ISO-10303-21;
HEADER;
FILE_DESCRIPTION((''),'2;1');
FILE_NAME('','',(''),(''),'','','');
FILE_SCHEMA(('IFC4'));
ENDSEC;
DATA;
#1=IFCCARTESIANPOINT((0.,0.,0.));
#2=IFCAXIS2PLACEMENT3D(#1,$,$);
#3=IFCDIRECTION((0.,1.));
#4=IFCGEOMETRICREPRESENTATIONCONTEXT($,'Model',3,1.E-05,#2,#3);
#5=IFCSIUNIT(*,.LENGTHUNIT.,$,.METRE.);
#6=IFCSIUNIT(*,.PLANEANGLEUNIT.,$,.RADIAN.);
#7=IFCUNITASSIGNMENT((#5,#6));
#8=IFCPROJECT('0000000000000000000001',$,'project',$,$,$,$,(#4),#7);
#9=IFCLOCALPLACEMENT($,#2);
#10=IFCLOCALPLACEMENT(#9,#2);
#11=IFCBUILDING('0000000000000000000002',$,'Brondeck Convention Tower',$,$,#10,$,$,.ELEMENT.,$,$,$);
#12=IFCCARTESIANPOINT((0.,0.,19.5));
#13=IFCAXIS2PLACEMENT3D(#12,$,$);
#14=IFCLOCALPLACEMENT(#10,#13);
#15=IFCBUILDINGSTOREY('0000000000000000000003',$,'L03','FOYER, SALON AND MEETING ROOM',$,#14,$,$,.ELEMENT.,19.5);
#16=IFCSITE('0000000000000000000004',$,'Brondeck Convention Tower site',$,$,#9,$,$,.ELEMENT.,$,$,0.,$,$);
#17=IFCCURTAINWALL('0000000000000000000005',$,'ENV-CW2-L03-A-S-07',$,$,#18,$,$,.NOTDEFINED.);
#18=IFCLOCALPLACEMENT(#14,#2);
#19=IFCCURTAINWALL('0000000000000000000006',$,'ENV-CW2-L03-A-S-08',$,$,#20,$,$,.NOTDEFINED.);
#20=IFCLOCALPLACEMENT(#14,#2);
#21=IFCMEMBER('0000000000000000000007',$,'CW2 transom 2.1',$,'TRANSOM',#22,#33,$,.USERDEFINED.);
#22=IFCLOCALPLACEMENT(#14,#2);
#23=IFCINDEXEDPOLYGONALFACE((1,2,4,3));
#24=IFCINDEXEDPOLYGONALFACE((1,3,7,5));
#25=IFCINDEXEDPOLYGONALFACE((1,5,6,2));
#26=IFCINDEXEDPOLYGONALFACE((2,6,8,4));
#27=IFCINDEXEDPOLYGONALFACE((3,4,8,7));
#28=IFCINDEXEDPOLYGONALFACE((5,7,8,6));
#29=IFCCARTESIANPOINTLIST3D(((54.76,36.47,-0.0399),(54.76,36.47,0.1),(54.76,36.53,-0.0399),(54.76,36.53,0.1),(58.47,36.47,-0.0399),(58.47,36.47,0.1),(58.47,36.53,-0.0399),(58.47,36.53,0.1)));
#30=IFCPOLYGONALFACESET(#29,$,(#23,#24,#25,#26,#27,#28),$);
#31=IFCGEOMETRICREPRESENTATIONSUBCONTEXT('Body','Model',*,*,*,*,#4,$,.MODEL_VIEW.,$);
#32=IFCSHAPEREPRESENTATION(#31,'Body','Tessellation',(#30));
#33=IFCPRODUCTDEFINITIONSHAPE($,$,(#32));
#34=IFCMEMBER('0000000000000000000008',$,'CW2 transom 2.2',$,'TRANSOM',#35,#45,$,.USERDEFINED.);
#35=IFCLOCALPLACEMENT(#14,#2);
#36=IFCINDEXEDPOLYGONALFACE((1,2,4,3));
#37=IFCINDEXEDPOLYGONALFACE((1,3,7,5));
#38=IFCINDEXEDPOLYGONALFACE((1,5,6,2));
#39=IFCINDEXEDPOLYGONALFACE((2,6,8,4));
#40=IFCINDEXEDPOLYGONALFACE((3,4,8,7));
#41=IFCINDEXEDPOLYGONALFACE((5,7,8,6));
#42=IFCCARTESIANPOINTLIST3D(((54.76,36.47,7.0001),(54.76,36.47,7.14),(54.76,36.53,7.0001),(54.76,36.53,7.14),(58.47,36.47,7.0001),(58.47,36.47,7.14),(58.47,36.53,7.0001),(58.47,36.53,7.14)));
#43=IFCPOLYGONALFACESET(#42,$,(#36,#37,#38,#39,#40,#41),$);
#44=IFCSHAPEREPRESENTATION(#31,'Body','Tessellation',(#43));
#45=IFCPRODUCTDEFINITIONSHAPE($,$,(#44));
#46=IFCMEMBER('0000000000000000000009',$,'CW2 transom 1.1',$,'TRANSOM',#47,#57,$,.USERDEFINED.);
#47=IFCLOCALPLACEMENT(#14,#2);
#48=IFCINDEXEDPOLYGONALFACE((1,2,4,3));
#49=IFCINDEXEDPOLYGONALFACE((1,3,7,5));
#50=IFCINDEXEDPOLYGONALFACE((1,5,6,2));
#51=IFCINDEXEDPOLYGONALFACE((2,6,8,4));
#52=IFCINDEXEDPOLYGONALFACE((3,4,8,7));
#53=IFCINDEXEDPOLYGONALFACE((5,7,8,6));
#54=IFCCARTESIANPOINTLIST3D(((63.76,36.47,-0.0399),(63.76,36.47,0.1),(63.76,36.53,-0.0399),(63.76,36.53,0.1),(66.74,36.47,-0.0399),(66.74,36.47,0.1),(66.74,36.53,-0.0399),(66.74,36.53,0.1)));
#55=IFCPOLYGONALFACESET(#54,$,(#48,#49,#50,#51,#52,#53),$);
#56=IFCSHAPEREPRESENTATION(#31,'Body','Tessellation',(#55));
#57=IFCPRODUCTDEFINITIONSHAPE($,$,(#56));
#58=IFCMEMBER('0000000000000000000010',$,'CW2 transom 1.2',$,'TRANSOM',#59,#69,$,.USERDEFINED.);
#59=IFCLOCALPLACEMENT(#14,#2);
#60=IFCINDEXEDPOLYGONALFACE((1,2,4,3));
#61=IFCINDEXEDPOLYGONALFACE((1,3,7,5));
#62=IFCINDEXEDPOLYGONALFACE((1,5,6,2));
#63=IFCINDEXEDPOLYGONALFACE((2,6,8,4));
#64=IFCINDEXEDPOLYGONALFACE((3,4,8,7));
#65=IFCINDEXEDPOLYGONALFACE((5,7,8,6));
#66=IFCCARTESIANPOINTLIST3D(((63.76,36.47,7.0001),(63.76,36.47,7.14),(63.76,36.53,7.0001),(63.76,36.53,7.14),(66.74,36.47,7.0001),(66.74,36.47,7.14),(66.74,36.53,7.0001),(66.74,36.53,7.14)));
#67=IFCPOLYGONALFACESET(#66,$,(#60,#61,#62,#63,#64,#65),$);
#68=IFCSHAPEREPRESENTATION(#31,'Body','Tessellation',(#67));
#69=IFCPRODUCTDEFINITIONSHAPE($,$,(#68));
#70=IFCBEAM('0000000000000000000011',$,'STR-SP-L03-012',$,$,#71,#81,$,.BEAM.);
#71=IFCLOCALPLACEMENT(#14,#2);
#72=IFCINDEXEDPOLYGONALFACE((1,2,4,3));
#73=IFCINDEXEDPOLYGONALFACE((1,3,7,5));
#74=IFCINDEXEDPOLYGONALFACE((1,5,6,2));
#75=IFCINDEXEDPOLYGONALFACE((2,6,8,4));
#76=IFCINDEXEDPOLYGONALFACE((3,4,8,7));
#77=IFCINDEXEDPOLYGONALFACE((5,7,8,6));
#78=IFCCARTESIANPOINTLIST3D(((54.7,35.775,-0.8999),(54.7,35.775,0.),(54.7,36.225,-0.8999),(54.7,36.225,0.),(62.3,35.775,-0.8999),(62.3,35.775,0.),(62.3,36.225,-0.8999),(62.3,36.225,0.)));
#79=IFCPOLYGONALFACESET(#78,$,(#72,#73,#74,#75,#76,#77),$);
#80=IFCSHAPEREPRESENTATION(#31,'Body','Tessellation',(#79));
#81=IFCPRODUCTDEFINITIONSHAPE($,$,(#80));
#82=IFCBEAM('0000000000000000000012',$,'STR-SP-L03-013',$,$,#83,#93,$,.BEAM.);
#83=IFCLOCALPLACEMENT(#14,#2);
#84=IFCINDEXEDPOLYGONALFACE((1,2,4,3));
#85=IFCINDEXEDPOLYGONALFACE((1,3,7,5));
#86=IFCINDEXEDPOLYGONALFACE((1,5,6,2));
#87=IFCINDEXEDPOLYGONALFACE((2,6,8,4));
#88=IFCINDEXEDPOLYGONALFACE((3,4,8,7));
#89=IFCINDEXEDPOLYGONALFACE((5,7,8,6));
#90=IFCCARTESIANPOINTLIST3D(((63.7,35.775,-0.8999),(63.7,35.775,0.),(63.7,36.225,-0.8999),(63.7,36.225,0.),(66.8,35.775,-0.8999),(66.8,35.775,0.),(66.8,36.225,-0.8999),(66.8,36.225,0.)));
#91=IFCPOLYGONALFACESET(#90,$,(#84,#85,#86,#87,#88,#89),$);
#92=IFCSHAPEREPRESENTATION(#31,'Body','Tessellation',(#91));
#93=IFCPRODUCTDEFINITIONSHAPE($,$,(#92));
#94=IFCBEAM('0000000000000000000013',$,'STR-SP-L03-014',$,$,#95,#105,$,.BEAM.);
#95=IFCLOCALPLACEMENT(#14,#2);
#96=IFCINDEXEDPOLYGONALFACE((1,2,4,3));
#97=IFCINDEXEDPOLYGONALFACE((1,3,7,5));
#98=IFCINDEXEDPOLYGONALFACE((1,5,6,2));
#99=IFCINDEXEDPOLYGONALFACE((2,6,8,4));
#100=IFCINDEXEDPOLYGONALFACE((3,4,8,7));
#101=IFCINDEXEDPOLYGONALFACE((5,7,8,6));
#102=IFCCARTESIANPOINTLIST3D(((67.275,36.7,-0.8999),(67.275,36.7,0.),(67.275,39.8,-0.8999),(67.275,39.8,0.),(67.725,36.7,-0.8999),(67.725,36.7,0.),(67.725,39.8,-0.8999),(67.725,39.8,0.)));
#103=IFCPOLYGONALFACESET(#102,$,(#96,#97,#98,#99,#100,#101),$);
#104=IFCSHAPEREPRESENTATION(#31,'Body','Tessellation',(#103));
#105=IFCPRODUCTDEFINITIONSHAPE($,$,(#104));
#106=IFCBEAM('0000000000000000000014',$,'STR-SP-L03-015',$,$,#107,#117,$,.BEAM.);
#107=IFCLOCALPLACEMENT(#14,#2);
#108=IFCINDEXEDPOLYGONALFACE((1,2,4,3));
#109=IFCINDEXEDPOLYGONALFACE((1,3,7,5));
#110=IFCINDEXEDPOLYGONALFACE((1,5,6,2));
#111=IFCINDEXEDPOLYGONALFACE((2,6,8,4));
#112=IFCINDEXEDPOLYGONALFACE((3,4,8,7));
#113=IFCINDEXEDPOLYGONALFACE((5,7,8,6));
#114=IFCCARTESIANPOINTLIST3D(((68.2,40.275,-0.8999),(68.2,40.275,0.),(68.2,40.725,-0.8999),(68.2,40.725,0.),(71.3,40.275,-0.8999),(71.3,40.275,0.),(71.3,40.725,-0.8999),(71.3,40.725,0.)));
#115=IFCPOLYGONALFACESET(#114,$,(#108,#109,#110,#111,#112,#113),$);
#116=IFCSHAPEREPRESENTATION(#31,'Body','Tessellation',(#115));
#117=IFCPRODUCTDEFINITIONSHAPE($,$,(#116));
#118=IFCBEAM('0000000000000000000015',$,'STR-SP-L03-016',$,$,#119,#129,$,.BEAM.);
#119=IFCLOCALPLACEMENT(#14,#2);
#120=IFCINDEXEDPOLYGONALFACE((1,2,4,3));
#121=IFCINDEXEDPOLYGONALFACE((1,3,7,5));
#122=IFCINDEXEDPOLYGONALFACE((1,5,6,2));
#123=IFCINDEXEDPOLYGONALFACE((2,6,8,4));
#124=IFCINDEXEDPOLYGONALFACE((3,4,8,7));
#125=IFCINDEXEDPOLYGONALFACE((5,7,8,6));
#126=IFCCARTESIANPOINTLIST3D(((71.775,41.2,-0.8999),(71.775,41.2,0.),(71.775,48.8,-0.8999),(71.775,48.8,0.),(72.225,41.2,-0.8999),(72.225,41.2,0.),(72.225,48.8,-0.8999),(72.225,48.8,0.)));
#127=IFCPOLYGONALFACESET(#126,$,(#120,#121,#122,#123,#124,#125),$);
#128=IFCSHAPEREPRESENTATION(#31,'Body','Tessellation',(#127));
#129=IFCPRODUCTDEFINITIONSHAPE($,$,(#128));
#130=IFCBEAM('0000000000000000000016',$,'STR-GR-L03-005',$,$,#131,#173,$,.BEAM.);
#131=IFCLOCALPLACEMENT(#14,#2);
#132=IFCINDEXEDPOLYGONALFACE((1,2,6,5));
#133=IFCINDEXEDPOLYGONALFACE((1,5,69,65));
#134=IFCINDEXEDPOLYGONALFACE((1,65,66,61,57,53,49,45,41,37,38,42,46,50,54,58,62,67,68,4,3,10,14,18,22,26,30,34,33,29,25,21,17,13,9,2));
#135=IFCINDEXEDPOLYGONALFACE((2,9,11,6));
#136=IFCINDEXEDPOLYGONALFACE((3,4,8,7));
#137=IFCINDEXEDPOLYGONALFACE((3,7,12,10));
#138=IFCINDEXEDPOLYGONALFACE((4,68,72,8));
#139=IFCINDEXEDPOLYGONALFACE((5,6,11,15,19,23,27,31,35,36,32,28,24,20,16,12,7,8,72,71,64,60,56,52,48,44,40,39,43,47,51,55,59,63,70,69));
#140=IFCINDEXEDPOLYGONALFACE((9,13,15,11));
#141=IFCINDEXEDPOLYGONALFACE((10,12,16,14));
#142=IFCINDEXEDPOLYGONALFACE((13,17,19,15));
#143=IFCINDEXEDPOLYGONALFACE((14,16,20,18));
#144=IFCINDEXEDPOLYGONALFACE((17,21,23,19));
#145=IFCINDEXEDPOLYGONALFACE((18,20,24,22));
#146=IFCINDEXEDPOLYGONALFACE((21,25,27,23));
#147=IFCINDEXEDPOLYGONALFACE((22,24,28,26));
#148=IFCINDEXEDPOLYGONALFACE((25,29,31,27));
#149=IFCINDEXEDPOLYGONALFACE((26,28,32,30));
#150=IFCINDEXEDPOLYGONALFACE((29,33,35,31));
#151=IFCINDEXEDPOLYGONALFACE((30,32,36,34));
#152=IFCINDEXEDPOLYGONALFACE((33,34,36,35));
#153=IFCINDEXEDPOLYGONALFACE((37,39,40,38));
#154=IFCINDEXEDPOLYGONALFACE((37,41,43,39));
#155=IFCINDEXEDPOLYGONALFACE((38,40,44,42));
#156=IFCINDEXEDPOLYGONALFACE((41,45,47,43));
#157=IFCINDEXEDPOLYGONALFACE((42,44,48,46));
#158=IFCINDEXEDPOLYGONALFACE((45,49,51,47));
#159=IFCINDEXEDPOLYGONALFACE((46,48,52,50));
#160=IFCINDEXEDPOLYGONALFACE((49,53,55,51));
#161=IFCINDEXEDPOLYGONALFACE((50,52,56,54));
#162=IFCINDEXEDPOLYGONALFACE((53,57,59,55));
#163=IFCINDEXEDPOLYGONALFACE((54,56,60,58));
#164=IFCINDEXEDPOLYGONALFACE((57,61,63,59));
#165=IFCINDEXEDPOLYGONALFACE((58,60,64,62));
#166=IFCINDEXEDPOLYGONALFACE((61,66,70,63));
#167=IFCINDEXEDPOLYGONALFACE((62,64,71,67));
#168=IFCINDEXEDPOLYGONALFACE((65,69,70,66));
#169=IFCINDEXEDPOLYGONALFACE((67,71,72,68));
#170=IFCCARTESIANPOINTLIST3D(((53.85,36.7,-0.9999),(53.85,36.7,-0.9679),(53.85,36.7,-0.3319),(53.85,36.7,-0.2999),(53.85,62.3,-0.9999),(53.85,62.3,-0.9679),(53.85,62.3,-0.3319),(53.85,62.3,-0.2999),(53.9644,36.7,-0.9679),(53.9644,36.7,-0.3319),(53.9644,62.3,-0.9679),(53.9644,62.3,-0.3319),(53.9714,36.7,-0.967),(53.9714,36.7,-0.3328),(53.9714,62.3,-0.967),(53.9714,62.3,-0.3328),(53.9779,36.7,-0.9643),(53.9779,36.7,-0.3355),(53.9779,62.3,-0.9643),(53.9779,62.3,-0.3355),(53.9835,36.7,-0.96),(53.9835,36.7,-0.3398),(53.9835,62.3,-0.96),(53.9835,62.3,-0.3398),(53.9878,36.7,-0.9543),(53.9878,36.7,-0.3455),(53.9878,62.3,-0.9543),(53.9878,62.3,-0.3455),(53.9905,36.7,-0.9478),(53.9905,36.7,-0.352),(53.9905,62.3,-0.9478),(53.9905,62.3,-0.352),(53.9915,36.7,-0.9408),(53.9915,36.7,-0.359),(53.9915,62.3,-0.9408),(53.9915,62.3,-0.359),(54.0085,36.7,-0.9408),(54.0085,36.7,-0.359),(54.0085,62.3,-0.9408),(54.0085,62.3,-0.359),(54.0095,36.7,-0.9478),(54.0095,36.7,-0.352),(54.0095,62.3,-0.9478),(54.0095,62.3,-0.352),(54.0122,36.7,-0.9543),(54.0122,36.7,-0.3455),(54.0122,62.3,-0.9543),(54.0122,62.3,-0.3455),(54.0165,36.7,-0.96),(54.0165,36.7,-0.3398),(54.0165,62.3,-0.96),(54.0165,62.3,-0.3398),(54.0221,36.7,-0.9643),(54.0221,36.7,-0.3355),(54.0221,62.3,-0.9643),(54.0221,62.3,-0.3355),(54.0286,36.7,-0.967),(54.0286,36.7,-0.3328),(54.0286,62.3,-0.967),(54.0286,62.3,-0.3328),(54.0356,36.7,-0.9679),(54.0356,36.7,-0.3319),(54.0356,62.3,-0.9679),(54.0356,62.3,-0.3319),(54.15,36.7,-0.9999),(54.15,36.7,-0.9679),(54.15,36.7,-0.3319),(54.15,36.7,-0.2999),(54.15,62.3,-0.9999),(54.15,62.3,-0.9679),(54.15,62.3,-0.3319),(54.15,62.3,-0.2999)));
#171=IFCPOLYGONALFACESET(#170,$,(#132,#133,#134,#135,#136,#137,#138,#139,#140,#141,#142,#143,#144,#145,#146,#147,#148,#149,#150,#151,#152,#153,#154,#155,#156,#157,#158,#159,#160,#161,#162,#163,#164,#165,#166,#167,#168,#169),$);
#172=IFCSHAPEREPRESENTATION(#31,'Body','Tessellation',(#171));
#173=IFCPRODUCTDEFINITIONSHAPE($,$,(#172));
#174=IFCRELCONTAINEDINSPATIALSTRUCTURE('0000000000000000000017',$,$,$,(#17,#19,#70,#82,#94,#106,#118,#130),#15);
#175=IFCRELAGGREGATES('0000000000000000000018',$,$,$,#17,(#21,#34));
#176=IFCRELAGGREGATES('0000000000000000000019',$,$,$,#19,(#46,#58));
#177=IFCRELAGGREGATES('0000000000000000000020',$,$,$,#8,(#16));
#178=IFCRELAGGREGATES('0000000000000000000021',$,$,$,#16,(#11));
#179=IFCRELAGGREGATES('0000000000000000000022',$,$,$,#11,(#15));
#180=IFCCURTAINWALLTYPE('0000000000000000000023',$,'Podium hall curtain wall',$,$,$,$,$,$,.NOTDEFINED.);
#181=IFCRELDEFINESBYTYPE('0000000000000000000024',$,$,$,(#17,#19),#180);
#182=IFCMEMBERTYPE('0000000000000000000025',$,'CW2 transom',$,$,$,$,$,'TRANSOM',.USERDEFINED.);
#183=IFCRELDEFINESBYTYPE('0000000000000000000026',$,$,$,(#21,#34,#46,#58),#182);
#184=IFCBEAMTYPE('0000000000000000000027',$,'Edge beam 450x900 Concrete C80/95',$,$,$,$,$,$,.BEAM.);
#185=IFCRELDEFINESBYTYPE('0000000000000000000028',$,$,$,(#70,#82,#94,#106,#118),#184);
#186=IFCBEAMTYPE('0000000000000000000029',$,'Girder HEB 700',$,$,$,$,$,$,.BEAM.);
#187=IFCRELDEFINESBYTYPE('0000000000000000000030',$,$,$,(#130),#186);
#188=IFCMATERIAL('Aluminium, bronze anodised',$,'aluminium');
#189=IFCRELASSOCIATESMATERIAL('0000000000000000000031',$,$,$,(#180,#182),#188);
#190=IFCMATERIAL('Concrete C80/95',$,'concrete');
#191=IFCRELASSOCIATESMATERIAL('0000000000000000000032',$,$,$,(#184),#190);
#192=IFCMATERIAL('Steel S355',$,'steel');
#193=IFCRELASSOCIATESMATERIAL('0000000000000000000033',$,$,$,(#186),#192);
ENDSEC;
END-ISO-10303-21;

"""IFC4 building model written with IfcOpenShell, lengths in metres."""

from ifc_helpers import new_model, si_unit, direction, frame, origin, origin_2d, place, context, subcontext, project, spatial, rectangle, i_section, extrude, material, material_profile, profile_set, type_object, element, aggregate, save


model = new_model("IFC4")

# Units and contexts
model_context = context("Model", 3, precision=1e-05, world=origin(), true_north=direction((0.0, 1.0)))
body_context = subcontext(model_context, "Body", "Model", "MODEL_VIEW")
ifc_project = project(units=[si_unit("LENGTHUNIT", "METRE"), si_unit("PLANEANGLEUNIT", "RADIAN")], contexts=[model_context])

# Site, building, storey
site_placement = place(None, origin())
site = spatial("IfcSite", under=ifc_project, at=site_placement, Name="Brondeck Convention Tower site", CompositionType="ELEMENT", RefElevation=0.0)
building_placement = place(site_placement, origin())
building = spatial("IfcBuilding", under=site, at=building_placement, Name="Brondeck Convention Tower", CompositionType="ELEMENT")
storey_placement = place(building_placement, frame((0.0, 0.0, 19.5)))
storey = spatial("IfcBuildingStorey", under=building, at=storey_placement, Name="L03", Description="FOYER, SALON AND MEETING ROOM", CompositionType="ELEMENT", Elevation=19.5)

# Shared definitions
ifc_material_1 = material(Name="Concrete C80/95", Category="concrete")

# Curtain walls
ifc_material_2 = material(Name="Aluminium, bronze anodised", Category="aluminium")
curtain_wall_type = type_object("IfcCurtainWallType", Name="Podium hall curtain wall", PredefinedType="NOTDEFINED", material=ifc_material_2)
curtain_wall_1_placement = place(storey_placement, origin())
curtain_wall_1 = element("IfcCurtainWall", 1, at=curtain_wall_1_placement, inside=storey, type_object=curtain_wall_type, Name="ENV-CW2-L03-A-S-07", PredefinedType="NOTDEFINED")
curtain_wall_2_placement = place(storey_placement, origin())
curtain_wall_2 = element("IfcCurtainWall", 2, at=curtain_wall_2_placement, inside=storey, type_object=curtain_wall_type, Name="ENV-CW2-L03-A-S-08", PredefinedType="NOTDEFINED")

# Members
ifc_material_profile_1 = material_profile(ifc_material_2, rectangle(XDim=0.0601, YDim=0.1399, at=origin_2d()), Name="CW2 transom")
ifc_profile_set_1 = profile_set([ifc_material_profile_1], Name="Aluminium, bronze anodised")
member_type_1 = type_object("IfcMemberType", Name="CW2 transom", ElementType="TRANSOM", PredefinedType="USERDEFINED", material=ifc_profile_set_1)
member_1_placement = place(storey_placement, frame((58.47, 36.5, 0.03), z_axis=(-1.0, 0.0, 0.0), x_axis=(0.0, -1.0, 0.0)))
member_1 = element("IfcMember", 3, at=member_1_placement, type_object=member_type_1, Name="CW2 transom 2.1", ObjectType="TRANSOM", PredefinedType="USERDEFINED", context=body_context, shape_type="SweptSolid", body=[
    extrude(rectangle(XDim=0.0601, YDim=0.1399, at=origin_2d()), origin(), (0.0, 0.0, 1.0), 3.71),
])
member_2_placement = place(storey_placement, frame((58.47, 36.5, 7.0701), z_axis=(-1.0, 0.0, 0.0), x_axis=(0.0, -1.0, 0.0)))
member_2 = element("IfcMember", 4, at=member_2_placement, type_object=member_type_1, Name="CW2 transom 2.2", ObjectType="TRANSOM", PredefinedType="USERDEFINED", context=body_context, shape_type="SweptSolid", body=[
    extrude(rectangle(XDim=0.0601, YDim=0.1399, at=origin_2d()), origin(), (0.0, 0.0, 1.0), 3.71),
])
member_3_placement = place(storey_placement, frame((66.74, 36.5, 0.03), z_axis=(-1.0, 0.0, 0.0), x_axis=(0.0, -1.0, 0.0)))
member_3 = element("IfcMember", 5, at=member_3_placement, type_object=member_type_1, Name="CW2 transom 1.1", ObjectType="TRANSOM", PredefinedType="USERDEFINED", context=body_context, shape_type="SweptSolid", body=[
    extrude(rectangle(XDim=0.0601, YDim=0.1399, at=origin_2d()), origin(), (0.0, 0.0, 1.0), 2.98),
])
member_4_placement = place(storey_placement, frame((66.74, 36.5, 7.0701), z_axis=(-1.0, 0.0, 0.0), x_axis=(0.0, -1.0, 0.0)))
member_4 = element("IfcMember", 6, at=member_4_placement, type_object=member_type_1, Name="CW2 transom 1.2", ObjectType="TRANSOM", PredefinedType="USERDEFINED", context=body_context, shape_type="SweptSolid", body=[
    extrude(rectangle(XDim=0.0601, YDim=0.1399, at=origin_2d()), origin(), (0.0, 0.0, 1.0), 2.98),
])

# Beams
ifc_material_profile_2 = material_profile(ifc_material_1, rectangle(XDim=0.45, YDim=0.8999, at=origin_2d()), Name="Edge beam 450x900 Concrete C80/95")
ifc_profile_set_2 = profile_set([ifc_material_profile_2], Name="Concrete C80/95")
beam_type_1 = type_object("IfcBeamType", Name="Edge beam 450x900 Concrete C80/95", PredefinedType="BEAM", material=ifc_profile_set_2)
beam_1_placement = place(storey_placement, frame((54.7, 36.0, -0.45), z_axis=(1.0, 0.0, 0.0), x_axis=(0.0, 1.0, 0.0)))
element("IfcBeam", 7, at=beam_1_placement, inside=storey, type_object=beam_type_1, Name="STR-SP-L03-012", PredefinedType="BEAM", context=body_context, shape_type="SweptSolid", body=[
    extrude(rectangle(XDim=0.45, YDim=0.8999, at=origin_2d()), origin(), (0.0, 0.0, 1.0), 7.6001),
])
for number, where, z_axis, x_axis, name in (
    (8, (63.7, 36.0, -0.45), (1.0, 0.0, 0.0), (0.0, 1.0, 0.0), "STR-SP-L03-013"),
    (9, (67.5, 36.7, -0.45), (0.0, 1.0, 0.0), (-1.0, 0.0, 0.0), "STR-SP-L03-014"),
    (10, (68.2, 40.5, -0.45), (1.0, 0.0, 0.0), (0.0, 1.0, 0.0), "STR-SP-L03-015"),
):
    element("IfcBeam", number, at=place(storey_placement, frame(where, z_axis=z_axis, x_axis=x_axis)), inside=storey, type_object=beam_type_1, Name=name, PredefinedType="BEAM", context=body_context, shape_type="SweptSolid", body=[
        extrude(rectangle(XDim=0.45, YDim=0.8999, at=origin_2d()), origin(), (0.0, 0.0, 1.0), 3.1001),
    ])
beam_2_placement = place(storey_placement, frame((72.0, 41.2, -0.45), z_axis=(0.0, 1.0, 0.0), x_axis=(-1.0, 0.0, 0.0)))
element("IfcBeam", 11, at=beam_2_placement, inside=storey, type_object=beam_type_1, Name="STR-SP-L03-016", PredefinedType="BEAM", context=body_context, shape_type="SweptSolid", body=[
    extrude(rectangle(XDim=0.45, YDim=0.8999, at=origin_2d()), origin(), (0.0, 0.0, 1.0), 7.6001),
])
ifc_material_3 = material(Name="Steel S355", Category="steel")
ifc_material_profile_3 = material_profile(ifc_material_3, i_section(OverallWidth=0.3, OverallDepth=0.7, WebThickness=0.0171, FlangeThickness=0.032, FilletRadius=0.0271, at=origin_2d()), Name="HEB 700")
ifc_profile_set_3 = profile_set([ifc_material_profile_3], Name="Steel S355")
beam_type_2 = type_object("IfcBeamType", Name="Girder HEB 700", PredefinedType="BEAM", material=ifc_profile_set_3)
beam_3_placement = place(storey_placement, frame((54.0, 36.7, -0.6499), z_axis=(0.0, 1.0, 0.0), x_axis=(-1.0, 0.0, 0.0)))
element("IfcBeam", 12, at=beam_3_placement, inside=storey, type_object=beam_type_2, Name="STR-GR-L03-005", PredefinedType="BEAM", context=body_context, shape_type="SweptSolid", body=[
    extrude(i_section(OverallWidth=0.3, OverallDepth=0.7, WebThickness=0.0171, FlangeThickness=0.032, FilletRadius=0.0271, at=origin_2d()), origin(), (0.0, 0.0, 1.0), 25.6001),
])

aggregate(curtain_wall_1, [member_1, member_2])
aggregate(curtain_wall_2, [member_3, member_4])

save(model, "model.ifc")
